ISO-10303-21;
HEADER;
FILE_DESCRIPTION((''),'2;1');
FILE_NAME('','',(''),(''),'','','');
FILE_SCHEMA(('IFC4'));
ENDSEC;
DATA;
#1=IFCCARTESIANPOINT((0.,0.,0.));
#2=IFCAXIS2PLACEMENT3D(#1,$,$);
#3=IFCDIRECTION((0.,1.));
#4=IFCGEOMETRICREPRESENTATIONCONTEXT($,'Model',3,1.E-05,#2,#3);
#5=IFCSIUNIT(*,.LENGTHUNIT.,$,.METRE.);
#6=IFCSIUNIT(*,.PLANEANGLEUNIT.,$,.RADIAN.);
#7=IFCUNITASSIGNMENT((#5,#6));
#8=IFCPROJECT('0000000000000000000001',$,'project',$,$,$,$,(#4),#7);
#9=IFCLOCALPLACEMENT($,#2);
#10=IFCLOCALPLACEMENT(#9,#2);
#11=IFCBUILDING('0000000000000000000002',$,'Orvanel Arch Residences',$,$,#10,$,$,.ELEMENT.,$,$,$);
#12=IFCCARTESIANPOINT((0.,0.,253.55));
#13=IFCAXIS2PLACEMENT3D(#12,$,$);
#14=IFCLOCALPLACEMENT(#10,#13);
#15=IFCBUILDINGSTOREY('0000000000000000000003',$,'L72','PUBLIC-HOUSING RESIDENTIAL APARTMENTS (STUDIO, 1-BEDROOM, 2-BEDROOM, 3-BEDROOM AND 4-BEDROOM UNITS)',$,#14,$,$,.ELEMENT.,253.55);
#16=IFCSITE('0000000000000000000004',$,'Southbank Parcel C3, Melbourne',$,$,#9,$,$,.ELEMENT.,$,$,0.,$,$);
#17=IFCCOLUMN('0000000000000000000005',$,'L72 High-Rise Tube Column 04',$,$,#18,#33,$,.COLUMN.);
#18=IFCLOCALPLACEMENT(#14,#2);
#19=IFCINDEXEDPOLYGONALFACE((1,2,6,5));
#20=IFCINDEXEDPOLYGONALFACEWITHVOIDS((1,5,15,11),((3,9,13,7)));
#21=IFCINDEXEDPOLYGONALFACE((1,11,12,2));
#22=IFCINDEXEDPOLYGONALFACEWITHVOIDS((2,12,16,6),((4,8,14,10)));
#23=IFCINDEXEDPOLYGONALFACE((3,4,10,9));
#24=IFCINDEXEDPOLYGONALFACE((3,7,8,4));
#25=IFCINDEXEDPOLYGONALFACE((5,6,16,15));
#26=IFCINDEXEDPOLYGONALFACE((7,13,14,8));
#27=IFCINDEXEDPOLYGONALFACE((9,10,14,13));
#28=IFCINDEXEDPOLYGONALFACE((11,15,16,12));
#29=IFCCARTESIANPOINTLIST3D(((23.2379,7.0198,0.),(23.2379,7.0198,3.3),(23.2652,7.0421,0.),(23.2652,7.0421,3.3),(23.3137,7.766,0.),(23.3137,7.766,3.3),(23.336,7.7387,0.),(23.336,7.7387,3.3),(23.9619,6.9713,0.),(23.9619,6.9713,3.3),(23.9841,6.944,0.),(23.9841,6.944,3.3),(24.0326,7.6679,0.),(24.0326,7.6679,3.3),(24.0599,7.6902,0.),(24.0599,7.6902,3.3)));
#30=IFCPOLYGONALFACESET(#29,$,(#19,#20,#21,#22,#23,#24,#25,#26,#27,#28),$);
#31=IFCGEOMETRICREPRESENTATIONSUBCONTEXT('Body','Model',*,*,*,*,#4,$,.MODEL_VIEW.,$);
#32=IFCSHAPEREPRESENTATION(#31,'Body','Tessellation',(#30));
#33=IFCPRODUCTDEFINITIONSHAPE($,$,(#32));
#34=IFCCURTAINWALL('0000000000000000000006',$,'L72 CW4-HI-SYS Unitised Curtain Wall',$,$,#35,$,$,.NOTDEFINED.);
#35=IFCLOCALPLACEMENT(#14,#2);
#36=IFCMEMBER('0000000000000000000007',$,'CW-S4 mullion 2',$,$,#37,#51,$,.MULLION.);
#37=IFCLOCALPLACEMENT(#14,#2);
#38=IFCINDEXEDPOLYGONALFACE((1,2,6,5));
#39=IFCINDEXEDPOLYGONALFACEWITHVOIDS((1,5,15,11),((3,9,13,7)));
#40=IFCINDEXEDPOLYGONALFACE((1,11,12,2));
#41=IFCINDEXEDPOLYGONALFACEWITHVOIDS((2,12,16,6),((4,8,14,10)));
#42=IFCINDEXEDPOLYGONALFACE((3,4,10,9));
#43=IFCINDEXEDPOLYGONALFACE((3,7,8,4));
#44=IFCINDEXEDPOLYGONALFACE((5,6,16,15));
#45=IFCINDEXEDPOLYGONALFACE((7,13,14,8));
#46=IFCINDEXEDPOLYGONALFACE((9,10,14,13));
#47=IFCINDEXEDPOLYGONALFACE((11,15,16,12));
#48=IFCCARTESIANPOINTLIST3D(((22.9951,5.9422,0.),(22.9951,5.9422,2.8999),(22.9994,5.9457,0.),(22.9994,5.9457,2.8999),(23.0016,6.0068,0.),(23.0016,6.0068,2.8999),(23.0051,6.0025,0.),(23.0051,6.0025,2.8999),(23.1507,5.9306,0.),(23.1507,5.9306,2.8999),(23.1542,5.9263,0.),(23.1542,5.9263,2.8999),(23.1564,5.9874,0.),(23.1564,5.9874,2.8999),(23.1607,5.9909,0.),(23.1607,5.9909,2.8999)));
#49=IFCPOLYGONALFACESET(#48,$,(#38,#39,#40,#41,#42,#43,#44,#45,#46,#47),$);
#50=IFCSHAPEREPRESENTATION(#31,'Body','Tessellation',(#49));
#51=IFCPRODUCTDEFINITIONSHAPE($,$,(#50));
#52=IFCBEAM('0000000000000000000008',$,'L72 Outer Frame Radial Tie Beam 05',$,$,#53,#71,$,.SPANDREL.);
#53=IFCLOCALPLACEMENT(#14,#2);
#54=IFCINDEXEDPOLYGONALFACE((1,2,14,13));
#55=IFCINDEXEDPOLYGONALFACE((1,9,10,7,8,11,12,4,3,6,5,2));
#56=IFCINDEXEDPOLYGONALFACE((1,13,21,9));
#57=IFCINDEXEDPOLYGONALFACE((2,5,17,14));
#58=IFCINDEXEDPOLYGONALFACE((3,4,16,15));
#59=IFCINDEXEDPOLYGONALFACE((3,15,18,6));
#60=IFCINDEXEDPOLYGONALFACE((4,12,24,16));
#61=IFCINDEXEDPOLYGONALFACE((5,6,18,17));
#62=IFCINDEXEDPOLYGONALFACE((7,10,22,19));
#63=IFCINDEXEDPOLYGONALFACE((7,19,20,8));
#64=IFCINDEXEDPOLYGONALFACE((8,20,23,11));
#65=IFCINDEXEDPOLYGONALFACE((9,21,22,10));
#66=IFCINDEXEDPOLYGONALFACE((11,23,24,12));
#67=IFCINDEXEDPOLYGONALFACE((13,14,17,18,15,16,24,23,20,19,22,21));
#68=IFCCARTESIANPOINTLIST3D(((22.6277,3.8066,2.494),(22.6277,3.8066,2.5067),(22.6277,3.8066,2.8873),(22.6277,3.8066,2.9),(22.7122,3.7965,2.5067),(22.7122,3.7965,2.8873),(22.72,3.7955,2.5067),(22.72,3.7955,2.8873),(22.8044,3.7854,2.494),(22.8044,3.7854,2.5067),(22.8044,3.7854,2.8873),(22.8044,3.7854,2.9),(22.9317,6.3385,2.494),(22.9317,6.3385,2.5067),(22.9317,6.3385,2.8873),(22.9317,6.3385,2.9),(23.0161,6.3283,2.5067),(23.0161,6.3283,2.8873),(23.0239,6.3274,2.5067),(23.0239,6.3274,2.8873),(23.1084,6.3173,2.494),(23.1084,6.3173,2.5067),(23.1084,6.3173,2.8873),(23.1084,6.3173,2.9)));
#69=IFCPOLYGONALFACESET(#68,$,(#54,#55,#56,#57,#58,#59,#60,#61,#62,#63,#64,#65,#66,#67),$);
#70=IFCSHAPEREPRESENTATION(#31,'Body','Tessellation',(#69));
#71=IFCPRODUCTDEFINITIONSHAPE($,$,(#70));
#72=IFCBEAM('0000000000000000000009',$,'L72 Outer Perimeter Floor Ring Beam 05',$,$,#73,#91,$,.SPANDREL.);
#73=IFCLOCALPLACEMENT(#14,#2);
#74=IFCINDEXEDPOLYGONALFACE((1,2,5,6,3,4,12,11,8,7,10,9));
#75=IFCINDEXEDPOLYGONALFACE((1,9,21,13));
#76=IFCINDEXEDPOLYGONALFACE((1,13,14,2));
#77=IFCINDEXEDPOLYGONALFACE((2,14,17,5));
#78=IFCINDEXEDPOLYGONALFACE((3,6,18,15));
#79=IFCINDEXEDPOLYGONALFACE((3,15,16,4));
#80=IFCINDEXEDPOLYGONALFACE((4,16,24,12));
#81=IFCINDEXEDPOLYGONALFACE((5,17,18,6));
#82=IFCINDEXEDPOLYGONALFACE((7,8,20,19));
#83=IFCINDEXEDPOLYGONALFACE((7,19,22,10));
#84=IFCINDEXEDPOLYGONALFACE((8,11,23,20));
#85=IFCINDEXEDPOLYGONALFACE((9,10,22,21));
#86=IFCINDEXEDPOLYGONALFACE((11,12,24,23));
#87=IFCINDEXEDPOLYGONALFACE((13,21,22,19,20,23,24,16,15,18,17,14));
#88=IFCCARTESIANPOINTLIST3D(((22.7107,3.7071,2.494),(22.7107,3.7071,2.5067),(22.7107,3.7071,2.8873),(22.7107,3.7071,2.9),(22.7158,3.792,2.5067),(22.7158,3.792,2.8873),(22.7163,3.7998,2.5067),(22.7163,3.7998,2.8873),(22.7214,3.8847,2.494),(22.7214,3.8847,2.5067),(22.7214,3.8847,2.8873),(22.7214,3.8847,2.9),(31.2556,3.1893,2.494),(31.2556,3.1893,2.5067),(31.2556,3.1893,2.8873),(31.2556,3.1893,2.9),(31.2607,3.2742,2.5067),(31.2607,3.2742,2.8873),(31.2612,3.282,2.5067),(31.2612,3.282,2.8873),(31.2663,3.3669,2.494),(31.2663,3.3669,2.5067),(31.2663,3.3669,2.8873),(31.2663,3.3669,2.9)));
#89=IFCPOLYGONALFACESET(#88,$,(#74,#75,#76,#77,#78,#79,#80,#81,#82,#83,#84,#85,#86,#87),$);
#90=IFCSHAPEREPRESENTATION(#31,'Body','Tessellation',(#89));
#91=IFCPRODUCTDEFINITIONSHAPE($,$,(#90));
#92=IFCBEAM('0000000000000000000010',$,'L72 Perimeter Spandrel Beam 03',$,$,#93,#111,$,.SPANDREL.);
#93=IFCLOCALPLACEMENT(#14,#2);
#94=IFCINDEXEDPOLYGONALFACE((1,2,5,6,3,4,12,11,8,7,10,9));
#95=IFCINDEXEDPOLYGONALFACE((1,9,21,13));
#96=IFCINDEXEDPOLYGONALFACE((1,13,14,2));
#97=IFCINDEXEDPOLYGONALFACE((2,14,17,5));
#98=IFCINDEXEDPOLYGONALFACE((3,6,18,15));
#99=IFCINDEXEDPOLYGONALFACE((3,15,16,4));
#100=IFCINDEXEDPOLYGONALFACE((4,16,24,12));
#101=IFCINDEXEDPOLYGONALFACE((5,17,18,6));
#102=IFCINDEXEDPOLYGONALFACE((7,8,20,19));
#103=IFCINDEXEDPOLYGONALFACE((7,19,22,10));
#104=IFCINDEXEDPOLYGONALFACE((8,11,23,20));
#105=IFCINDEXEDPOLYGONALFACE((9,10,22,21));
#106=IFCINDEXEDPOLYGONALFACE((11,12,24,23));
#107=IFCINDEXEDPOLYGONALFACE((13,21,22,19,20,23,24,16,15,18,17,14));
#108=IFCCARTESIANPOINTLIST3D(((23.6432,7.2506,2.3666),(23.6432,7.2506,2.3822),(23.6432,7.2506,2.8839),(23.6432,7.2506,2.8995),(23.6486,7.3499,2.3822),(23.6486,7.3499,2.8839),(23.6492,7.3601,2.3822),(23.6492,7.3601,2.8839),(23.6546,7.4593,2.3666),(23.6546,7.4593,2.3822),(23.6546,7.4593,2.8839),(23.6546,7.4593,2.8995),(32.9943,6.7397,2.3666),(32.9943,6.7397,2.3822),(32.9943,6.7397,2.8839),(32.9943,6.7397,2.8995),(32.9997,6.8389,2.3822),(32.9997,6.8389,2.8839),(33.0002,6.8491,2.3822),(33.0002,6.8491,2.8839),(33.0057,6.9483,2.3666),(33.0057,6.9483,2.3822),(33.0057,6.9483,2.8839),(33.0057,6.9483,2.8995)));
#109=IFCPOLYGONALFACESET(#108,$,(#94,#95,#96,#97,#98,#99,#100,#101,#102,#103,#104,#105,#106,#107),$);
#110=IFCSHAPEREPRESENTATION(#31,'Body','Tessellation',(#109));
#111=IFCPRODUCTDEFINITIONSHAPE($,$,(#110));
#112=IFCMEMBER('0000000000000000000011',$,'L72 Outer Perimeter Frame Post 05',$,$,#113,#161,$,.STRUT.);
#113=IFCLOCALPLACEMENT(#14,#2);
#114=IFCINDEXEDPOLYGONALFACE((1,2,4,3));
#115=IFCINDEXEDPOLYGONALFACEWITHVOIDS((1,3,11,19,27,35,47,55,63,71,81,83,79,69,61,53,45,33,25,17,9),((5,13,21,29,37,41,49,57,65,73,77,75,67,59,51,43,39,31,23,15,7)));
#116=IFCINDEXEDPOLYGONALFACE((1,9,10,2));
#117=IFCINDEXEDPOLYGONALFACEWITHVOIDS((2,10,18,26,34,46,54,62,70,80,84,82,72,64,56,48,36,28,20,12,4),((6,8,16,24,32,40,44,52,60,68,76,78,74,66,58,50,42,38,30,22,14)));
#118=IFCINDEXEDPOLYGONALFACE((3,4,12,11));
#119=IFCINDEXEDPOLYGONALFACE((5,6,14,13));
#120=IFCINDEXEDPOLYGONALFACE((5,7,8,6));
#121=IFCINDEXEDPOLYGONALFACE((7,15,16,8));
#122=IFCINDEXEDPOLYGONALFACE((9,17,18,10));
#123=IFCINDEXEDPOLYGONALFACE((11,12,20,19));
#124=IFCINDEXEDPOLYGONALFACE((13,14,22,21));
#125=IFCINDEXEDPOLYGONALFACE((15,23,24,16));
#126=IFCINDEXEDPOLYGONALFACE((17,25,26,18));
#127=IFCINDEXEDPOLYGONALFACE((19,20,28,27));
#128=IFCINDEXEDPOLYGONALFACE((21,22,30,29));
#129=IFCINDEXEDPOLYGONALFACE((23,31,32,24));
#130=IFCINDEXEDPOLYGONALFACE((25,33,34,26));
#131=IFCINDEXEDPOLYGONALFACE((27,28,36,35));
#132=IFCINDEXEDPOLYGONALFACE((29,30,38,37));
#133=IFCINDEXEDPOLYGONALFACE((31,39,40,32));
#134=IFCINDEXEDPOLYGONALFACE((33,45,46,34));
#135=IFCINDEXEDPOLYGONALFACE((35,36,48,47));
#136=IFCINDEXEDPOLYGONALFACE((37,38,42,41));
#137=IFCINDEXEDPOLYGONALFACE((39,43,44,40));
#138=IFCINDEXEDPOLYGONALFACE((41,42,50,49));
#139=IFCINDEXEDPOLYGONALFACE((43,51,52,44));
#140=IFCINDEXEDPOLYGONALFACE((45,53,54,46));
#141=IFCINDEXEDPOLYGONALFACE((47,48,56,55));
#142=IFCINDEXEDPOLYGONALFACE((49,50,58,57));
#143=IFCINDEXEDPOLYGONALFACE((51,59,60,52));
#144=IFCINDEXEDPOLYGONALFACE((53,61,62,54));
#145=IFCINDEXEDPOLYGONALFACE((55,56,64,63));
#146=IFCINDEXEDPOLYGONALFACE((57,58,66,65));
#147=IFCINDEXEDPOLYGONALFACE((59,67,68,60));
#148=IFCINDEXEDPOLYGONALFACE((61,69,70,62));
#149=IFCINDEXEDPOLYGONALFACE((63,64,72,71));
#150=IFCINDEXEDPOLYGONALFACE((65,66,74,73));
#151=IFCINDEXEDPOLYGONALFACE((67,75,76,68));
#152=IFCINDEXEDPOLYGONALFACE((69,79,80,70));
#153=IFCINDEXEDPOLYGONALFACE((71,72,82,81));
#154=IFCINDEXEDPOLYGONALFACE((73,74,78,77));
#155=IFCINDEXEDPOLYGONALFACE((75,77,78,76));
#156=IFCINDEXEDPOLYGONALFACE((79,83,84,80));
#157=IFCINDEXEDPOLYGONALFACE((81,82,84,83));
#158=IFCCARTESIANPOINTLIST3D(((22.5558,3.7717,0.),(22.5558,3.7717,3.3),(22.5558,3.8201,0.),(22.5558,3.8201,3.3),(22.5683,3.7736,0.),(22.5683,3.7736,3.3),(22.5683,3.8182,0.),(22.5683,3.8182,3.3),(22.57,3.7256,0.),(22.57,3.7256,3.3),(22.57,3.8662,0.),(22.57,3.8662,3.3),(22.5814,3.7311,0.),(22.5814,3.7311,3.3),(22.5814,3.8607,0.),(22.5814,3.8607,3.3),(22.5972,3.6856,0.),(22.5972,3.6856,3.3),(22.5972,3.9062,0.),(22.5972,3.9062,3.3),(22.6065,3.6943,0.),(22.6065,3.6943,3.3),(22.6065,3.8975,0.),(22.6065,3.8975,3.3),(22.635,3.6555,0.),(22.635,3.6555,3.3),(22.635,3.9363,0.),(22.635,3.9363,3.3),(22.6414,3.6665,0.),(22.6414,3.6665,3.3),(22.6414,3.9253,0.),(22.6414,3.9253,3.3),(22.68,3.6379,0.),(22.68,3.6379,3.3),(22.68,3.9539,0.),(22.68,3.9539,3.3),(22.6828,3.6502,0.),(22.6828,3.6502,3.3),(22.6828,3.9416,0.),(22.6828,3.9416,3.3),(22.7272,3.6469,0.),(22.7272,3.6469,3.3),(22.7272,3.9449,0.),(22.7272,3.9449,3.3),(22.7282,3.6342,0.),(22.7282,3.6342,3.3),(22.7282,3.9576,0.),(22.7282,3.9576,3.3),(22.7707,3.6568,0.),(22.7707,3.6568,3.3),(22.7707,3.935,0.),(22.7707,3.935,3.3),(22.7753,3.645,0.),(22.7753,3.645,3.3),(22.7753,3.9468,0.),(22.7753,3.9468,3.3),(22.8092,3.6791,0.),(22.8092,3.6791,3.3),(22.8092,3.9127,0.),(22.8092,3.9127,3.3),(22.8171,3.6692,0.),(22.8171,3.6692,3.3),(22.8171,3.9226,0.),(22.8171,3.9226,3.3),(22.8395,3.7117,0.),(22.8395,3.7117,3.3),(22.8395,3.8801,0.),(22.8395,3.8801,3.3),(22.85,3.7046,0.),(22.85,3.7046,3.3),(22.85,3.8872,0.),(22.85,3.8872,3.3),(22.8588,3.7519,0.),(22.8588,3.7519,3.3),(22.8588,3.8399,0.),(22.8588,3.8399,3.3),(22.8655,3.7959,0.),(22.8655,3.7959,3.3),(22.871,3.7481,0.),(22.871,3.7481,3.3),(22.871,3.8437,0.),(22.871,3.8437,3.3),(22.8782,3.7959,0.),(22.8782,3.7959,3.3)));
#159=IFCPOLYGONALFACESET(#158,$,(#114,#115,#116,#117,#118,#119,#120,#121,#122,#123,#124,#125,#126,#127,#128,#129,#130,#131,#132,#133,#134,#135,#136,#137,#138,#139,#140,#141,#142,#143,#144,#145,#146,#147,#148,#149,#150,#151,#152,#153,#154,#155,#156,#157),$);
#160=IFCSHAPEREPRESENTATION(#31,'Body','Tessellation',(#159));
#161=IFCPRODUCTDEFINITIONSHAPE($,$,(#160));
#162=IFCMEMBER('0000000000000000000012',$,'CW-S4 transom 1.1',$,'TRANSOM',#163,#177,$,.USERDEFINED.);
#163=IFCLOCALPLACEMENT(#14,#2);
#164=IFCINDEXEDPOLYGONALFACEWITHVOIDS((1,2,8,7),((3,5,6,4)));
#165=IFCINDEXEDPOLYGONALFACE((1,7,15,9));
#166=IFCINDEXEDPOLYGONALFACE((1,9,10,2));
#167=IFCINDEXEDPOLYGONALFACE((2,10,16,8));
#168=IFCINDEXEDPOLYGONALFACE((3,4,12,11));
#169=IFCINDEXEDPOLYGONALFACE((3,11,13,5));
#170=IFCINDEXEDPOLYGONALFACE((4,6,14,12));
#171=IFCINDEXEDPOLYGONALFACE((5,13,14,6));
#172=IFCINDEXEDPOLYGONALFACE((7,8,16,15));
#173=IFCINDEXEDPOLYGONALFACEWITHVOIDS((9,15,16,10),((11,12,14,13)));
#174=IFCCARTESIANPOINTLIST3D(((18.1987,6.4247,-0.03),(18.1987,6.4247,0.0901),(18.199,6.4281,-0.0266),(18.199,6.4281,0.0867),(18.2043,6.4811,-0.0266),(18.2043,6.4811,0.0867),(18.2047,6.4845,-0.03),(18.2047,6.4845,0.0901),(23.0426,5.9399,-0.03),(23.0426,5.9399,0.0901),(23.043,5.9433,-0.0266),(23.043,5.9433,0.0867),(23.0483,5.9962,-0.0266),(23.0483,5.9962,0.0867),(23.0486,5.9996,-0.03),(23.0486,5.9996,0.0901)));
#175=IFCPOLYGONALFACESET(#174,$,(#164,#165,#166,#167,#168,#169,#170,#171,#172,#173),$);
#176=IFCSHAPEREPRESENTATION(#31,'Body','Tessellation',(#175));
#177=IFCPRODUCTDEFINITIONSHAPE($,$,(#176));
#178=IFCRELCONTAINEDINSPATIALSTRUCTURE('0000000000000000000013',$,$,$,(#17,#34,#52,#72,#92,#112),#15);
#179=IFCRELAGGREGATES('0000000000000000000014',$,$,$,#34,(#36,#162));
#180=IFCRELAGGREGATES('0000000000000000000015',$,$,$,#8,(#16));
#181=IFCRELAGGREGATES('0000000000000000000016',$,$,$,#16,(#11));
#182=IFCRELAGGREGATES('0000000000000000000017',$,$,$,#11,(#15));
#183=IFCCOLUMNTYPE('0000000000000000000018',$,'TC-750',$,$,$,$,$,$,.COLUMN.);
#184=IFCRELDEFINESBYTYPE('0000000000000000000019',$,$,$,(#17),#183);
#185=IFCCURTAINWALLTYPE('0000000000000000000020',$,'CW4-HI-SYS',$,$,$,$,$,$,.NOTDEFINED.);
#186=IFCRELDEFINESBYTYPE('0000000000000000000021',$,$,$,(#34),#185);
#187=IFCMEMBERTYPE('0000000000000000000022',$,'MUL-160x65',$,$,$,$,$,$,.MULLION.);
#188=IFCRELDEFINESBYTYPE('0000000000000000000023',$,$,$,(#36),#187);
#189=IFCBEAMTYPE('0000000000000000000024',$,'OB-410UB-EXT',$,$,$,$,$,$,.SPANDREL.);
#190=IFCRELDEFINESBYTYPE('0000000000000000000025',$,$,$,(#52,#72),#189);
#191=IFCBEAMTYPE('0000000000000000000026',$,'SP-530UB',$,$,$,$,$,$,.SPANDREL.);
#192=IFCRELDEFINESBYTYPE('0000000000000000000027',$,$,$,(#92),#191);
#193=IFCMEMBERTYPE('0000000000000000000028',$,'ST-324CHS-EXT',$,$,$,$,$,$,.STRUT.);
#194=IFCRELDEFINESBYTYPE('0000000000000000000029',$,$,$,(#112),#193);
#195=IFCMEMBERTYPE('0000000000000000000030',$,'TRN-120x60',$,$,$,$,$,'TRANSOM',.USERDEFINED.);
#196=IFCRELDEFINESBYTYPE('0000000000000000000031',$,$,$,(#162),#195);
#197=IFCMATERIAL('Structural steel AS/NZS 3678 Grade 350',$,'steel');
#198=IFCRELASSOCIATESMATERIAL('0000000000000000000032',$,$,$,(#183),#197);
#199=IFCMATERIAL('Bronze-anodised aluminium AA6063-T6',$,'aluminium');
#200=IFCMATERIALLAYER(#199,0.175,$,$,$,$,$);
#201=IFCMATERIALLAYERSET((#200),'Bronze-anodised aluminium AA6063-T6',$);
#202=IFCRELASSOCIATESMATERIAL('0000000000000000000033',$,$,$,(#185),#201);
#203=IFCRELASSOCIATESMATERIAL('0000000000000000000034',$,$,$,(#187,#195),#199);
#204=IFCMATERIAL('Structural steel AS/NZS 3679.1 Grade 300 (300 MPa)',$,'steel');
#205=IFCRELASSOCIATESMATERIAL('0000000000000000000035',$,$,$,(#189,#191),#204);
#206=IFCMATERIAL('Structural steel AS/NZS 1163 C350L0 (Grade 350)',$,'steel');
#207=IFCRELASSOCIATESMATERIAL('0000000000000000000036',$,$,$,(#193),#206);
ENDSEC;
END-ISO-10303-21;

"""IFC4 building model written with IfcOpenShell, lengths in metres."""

from ifc_helpers import new_model, si_unit, direction, frame, origin, origin_2d, place, context, subcontext, project, spatial, hollow_rectangle, hollow_circle, i_section, extrude, material, layer, layer_set, material_profile, profile_set, type_object, element, aggregate, save


model = new_model("IFC4")

# Units and contexts
model_context = context("Model", 3, precision=1e-05, world=origin(), true_north=direction((0.0, 1.0)))
body_context = subcontext(model_context, "Body", "Model", "MODEL_VIEW")
ifc_project = project(units=[si_unit("LENGTHUNIT", "METRE"), si_unit("PLANEANGLEUNIT", "RADIAN")], contexts=[model_context])

# Site, building, storey
site_placement = place(None, origin())
site = spatial("IfcSite", under=ifc_project, at=site_placement, Name="Southbank Parcel C3, Melbourne", CompositionType="ELEMENT", RefElevation=0.0)
building_placement = place(site_placement, origin())
building = spatial("IfcBuilding", under=site, at=building_placement, Name="Orvanel Arch Residences", CompositionType="ELEMENT")
storey_placement = place(building_placement, frame((0.0, 0.0, 253.55)))
storey = spatial("IfcBuildingStorey", under=building, at=storey_placement, Name="L72", Description="PUBLIC-HOUSING RESIDENTIAL APARTMENTS (STUDIO, 1-BEDROOM, 2-BEDROOM, 3-BEDROOM AND 4-BEDROOM UNITS)", CompositionType="ELEMENT", Elevation=253.55)

# Column
ifc_material_1 = material(Name="Structural steel AS/NZS 3678 Grade 350", Category="steel")
ifc_material_profile_1 = material_profile(ifc_material_1, hollow_rectangle(XDim=0.75, YDim=0.75, WallThickness=0.0249, at=origin_2d()), Name="BOX750x750x25")
ifc_profile_set_1 = profile_set([ifc_material_profile_1], Name="Structural steel AS/NZS 3678 Grade 350")
column_type = type_object("IfcColumnType", Name="TC-750", PredefinedType="COLUMN", material=ifc_profile_set_1)
column_placement = place(storey_placement, frame((23.6489, 7.355, 0.0), z_axis=(0.0, 0.0, 1.0), x_axis=(-0.994881, 0.101056, 0.0)))
element("IfcColumn", 1, at=column_placement, inside=storey, type_object=column_type, Name="L72 High-Rise Tube Column 04", PredefinedType="COLUMN", context=body_context, shape_type="SweptSolid", body=[
    extrude(hollow_rectangle(XDim=0.75, YDim=0.75, WallThickness=0.0249, at=origin_2d()), origin(), (0.0, 0.0, 1.0), 3.3),
])

# Curtain wall, member
ifc_material_2 = material(Name="Bronze-anodised aluminium AA6063-T6", Category="aluminium")
ifc_layer_1 = layer(ifc_material_2, 0.175)
ifc_layer_set_1 = layer_set([ifc_layer_1], Name="Bronze-anodised aluminium AA6063-T6")
curtain_wall_type = type_object("IfcCurtainWallType", Name="CW4-HI-SYS", PredefinedType="NOTDEFINED", material=ifc_layer_set_1)
curtain_wall_placement = place(storey_placement, origin())
curtain_wall = element("IfcCurtainWall", 2, at=curtain_wall_placement, inside=storey, type_object=curtain_wall_type, Name="L72 CW4-HI-SYS Unitised Curtain Wall", PredefinedType="NOTDEFINED")
ifc_material_profile_2 = material_profile(ifc_material_2, hollow_rectangle(XDim=0.0649, YDim=0.1599, WallThickness=0.0039, at=origin_2d()), Name="ALU160x65x4")
ifc_profile_set_2 = profile_set([ifc_material_profile_2], Name="Bronze-anodised aluminium AA6063-T6")
member_type_1 = type_object("IfcMemberType", Name="MUL-160x65", PredefinedType="MULLION", material=ifc_profile_set_2)
member_1_placement = place(storey_placement, frame((23.0779, 5.9666, 0.0), z_axis=(0.0, 0.0, 1.0), x_axis=(0.099583, 0.995029, 0.0)))
member_1 = element("IfcMember", 3, at=member_1_placement, type_object=member_type_1, Name="CW-S4 mullion 2", PredefinedType="MULLION", context=body_context, shape_type="SweptSolid", body=[
    extrude(hollow_rectangle(XDim=0.0649, YDim=0.1599, WallThickness=0.0039, at=origin_2d()), origin(), (0.0, 0.0, 1.0), 2.8999),
])

# Beams
ifc_material_3 = material(Name="Structural steel AS/NZS 3679.1 Grade 300 (300 MPa)", Category="steel")
ifc_material_profile_3 = material_profile(ifc_material_3, i_section(OverallWidth=0.178, OverallDepth=0.406, WebThickness=0.0078, FlangeThickness=0.0127, at=origin_2d()), Name="410UB59.7")
ifc_profile_set_3 = profile_set([ifc_material_profile_3], Name="Structural steel AS/NZS 3679.1 Grade 300 (300 MPa)")
beam_type_1 = type_object("IfcBeamType", Name="OB-410UB-EXT", PredefinedType="SPANDREL", material=ifc_profile_set_3)
beam_1_placement = place(storey_placement, frame((23.02, 6.3279, 2.697), z_axis=(-0.119191, -0.992871, 0.0), x_axis=(0.992871, -0.119191, 0.0)))
element("IfcBeam", 4, at=beam_1_placement, inside=storey, type_object=beam_type_1, Name="L72 Outer Frame Radial Tie Beam 05", PredefinedType="SPANDREL", context=body_context, shape_type="SweptSolid", body=[
    extrude(i_section(OverallWidth=0.178, OverallDepth=0.406, WebThickness=0.0078, FlangeThickness=0.0127, at=origin_2d()), origin(), (0.0, 0.0, 1.0), 2.55),
])
beam_2_placement = place(storey_placement, frame((22.7161, 3.7959, 2.697), z_axis=(0.998169, -0.060489, 0.0), x_axis=(0.060489, 0.998169, 0.0)))
element("IfcBeam", 5, at=beam_2_placement, inside=storey, type_object=beam_type_1, Name="L72 Outer Perimeter Floor Ring Beam 05", PredefinedType="SPANDREL", context=body_context, shape_type="SweptSolid", body=[
    extrude(i_section(OverallWidth=0.178, OverallDepth=0.406, WebThickness=0.0078, FlangeThickness=0.0127, at=origin_2d()), origin(), (0.0, 0.0, 1.0), 8.5605),
])
ifc_material_profile_4 = material_profile(ifc_material_3, i_section(OverallWidth=0.209, OverallDepth=0.533, WebThickness=0.0103, FlangeThickness=0.0156, at=origin_2d()), Name="530UB92.4")
ifc_profile_set_4 = profile_set([ifc_material_profile_4], Name="Structural steel AS/NZS 3679.1 Grade 300 (300 MPa)")
beam_type_2 = type_object("IfcBeamType", Name="SP-530UB", PredefinedType="SPANDREL", material=ifc_profile_set_4)
beam_3_placement = place(storey_placement, frame((23.6489, 7.355, 2.6331), z_axis=(0.99851, -0.054563, 0.0), x_axis=(0.054563, 0.99851, 0.0)))
element("IfcBeam", 6, at=beam_3_placement, inside=storey, type_object=beam_type_2, Name="L72 Perimeter Spandrel Beam 03", PredefinedType="SPANDREL", context=body_context, shape_type="SweptSolid", body=[
    extrude(i_section(OverallWidth=0.209, OverallDepth=0.533, WebThickness=0.0103, FlangeThickness=0.0156, at=origin_2d()), origin(), (0.0, 0.0, 1.0), 9.365),
])

# Members
ifc_material_4 = material(Name="Structural steel AS/NZS 1163 C350L0 (Grade 350)", Category="steel")
ifc_material_profile_5 = material_profile(ifc_material_4, hollow_circle(Radius=0.1621, WallThickness=0.0127, at=origin_2d()), Name="CHS324x12.7")
ifc_profile_set_5 = profile_set([ifc_material_profile_5], Name="Structural steel AS/NZS 1163 C350L0 (Grade 350)")
member_type_2 = type_object("IfcMemberType", Name="ST-324CHS-EXT", PredefinedType="STRUT", material=ifc_profile_set_5)
member_2_placement = place(storey_placement, frame((22.7161, 3.7959, 0.0), z_axis=(0.0, 0.0, 1.0), x_axis=(1.0, 0.0, 0.0)))
element("IfcMember", 7, at=member_2_placement, inside=storey, type_object=member_type_2, Name="L72 Outer Perimeter Frame Post 05", PredefinedType="STRUT", context=body_context, shape_type="SweptSolid", body=[
    extrude(hollow_circle(Radius=0.1621, WallThickness=0.0127, at=origin_2d()), origin(), (0.0, 0.0, 1.0), 3.3),
])
ifc_material_profile_6 = material_profile(ifc_material_2, hollow_rectangle(XDim=0.0601, YDim=0.1201, WallThickness=0.0034, at=origin_2d()), Name="ALU120x60x3.5")
ifc_profile_set_6 = profile_set([ifc_material_profile_6], Name="Bronze-anodised aluminium AA6063-T6")
member_type_3 = type_object("IfcMemberType", Name="TRN-120x60", ElementType="TRANSOM", PredefinedType="USERDEFINED", material=ifc_profile_set_6)
member_3_placement = place(storey_placement, frame((18.2017, 6.4546, 0.03), z_axis=(0.995028, -0.099598, 0.0), x_axis=(0.099598, 0.995028, 0.0)))
member_3 = element("IfcMember", 8, at=member_3_placement, type_object=member_type_3, Name="CW-S4 transom 1.1", ObjectType="TRANSOM", PredefinedType="USERDEFINED", context=body_context, shape_type="SweptSolid", body=[
    extrude(hollow_rectangle(XDim=0.0601, YDim=0.1201, WallThickness=0.0034, at=origin_2d()), origin(), (0.0, 0.0, 1.0), 4.8682),
])

aggregate(curtain_wall, [member_1, member_3])

save(model, "model.ifc")
